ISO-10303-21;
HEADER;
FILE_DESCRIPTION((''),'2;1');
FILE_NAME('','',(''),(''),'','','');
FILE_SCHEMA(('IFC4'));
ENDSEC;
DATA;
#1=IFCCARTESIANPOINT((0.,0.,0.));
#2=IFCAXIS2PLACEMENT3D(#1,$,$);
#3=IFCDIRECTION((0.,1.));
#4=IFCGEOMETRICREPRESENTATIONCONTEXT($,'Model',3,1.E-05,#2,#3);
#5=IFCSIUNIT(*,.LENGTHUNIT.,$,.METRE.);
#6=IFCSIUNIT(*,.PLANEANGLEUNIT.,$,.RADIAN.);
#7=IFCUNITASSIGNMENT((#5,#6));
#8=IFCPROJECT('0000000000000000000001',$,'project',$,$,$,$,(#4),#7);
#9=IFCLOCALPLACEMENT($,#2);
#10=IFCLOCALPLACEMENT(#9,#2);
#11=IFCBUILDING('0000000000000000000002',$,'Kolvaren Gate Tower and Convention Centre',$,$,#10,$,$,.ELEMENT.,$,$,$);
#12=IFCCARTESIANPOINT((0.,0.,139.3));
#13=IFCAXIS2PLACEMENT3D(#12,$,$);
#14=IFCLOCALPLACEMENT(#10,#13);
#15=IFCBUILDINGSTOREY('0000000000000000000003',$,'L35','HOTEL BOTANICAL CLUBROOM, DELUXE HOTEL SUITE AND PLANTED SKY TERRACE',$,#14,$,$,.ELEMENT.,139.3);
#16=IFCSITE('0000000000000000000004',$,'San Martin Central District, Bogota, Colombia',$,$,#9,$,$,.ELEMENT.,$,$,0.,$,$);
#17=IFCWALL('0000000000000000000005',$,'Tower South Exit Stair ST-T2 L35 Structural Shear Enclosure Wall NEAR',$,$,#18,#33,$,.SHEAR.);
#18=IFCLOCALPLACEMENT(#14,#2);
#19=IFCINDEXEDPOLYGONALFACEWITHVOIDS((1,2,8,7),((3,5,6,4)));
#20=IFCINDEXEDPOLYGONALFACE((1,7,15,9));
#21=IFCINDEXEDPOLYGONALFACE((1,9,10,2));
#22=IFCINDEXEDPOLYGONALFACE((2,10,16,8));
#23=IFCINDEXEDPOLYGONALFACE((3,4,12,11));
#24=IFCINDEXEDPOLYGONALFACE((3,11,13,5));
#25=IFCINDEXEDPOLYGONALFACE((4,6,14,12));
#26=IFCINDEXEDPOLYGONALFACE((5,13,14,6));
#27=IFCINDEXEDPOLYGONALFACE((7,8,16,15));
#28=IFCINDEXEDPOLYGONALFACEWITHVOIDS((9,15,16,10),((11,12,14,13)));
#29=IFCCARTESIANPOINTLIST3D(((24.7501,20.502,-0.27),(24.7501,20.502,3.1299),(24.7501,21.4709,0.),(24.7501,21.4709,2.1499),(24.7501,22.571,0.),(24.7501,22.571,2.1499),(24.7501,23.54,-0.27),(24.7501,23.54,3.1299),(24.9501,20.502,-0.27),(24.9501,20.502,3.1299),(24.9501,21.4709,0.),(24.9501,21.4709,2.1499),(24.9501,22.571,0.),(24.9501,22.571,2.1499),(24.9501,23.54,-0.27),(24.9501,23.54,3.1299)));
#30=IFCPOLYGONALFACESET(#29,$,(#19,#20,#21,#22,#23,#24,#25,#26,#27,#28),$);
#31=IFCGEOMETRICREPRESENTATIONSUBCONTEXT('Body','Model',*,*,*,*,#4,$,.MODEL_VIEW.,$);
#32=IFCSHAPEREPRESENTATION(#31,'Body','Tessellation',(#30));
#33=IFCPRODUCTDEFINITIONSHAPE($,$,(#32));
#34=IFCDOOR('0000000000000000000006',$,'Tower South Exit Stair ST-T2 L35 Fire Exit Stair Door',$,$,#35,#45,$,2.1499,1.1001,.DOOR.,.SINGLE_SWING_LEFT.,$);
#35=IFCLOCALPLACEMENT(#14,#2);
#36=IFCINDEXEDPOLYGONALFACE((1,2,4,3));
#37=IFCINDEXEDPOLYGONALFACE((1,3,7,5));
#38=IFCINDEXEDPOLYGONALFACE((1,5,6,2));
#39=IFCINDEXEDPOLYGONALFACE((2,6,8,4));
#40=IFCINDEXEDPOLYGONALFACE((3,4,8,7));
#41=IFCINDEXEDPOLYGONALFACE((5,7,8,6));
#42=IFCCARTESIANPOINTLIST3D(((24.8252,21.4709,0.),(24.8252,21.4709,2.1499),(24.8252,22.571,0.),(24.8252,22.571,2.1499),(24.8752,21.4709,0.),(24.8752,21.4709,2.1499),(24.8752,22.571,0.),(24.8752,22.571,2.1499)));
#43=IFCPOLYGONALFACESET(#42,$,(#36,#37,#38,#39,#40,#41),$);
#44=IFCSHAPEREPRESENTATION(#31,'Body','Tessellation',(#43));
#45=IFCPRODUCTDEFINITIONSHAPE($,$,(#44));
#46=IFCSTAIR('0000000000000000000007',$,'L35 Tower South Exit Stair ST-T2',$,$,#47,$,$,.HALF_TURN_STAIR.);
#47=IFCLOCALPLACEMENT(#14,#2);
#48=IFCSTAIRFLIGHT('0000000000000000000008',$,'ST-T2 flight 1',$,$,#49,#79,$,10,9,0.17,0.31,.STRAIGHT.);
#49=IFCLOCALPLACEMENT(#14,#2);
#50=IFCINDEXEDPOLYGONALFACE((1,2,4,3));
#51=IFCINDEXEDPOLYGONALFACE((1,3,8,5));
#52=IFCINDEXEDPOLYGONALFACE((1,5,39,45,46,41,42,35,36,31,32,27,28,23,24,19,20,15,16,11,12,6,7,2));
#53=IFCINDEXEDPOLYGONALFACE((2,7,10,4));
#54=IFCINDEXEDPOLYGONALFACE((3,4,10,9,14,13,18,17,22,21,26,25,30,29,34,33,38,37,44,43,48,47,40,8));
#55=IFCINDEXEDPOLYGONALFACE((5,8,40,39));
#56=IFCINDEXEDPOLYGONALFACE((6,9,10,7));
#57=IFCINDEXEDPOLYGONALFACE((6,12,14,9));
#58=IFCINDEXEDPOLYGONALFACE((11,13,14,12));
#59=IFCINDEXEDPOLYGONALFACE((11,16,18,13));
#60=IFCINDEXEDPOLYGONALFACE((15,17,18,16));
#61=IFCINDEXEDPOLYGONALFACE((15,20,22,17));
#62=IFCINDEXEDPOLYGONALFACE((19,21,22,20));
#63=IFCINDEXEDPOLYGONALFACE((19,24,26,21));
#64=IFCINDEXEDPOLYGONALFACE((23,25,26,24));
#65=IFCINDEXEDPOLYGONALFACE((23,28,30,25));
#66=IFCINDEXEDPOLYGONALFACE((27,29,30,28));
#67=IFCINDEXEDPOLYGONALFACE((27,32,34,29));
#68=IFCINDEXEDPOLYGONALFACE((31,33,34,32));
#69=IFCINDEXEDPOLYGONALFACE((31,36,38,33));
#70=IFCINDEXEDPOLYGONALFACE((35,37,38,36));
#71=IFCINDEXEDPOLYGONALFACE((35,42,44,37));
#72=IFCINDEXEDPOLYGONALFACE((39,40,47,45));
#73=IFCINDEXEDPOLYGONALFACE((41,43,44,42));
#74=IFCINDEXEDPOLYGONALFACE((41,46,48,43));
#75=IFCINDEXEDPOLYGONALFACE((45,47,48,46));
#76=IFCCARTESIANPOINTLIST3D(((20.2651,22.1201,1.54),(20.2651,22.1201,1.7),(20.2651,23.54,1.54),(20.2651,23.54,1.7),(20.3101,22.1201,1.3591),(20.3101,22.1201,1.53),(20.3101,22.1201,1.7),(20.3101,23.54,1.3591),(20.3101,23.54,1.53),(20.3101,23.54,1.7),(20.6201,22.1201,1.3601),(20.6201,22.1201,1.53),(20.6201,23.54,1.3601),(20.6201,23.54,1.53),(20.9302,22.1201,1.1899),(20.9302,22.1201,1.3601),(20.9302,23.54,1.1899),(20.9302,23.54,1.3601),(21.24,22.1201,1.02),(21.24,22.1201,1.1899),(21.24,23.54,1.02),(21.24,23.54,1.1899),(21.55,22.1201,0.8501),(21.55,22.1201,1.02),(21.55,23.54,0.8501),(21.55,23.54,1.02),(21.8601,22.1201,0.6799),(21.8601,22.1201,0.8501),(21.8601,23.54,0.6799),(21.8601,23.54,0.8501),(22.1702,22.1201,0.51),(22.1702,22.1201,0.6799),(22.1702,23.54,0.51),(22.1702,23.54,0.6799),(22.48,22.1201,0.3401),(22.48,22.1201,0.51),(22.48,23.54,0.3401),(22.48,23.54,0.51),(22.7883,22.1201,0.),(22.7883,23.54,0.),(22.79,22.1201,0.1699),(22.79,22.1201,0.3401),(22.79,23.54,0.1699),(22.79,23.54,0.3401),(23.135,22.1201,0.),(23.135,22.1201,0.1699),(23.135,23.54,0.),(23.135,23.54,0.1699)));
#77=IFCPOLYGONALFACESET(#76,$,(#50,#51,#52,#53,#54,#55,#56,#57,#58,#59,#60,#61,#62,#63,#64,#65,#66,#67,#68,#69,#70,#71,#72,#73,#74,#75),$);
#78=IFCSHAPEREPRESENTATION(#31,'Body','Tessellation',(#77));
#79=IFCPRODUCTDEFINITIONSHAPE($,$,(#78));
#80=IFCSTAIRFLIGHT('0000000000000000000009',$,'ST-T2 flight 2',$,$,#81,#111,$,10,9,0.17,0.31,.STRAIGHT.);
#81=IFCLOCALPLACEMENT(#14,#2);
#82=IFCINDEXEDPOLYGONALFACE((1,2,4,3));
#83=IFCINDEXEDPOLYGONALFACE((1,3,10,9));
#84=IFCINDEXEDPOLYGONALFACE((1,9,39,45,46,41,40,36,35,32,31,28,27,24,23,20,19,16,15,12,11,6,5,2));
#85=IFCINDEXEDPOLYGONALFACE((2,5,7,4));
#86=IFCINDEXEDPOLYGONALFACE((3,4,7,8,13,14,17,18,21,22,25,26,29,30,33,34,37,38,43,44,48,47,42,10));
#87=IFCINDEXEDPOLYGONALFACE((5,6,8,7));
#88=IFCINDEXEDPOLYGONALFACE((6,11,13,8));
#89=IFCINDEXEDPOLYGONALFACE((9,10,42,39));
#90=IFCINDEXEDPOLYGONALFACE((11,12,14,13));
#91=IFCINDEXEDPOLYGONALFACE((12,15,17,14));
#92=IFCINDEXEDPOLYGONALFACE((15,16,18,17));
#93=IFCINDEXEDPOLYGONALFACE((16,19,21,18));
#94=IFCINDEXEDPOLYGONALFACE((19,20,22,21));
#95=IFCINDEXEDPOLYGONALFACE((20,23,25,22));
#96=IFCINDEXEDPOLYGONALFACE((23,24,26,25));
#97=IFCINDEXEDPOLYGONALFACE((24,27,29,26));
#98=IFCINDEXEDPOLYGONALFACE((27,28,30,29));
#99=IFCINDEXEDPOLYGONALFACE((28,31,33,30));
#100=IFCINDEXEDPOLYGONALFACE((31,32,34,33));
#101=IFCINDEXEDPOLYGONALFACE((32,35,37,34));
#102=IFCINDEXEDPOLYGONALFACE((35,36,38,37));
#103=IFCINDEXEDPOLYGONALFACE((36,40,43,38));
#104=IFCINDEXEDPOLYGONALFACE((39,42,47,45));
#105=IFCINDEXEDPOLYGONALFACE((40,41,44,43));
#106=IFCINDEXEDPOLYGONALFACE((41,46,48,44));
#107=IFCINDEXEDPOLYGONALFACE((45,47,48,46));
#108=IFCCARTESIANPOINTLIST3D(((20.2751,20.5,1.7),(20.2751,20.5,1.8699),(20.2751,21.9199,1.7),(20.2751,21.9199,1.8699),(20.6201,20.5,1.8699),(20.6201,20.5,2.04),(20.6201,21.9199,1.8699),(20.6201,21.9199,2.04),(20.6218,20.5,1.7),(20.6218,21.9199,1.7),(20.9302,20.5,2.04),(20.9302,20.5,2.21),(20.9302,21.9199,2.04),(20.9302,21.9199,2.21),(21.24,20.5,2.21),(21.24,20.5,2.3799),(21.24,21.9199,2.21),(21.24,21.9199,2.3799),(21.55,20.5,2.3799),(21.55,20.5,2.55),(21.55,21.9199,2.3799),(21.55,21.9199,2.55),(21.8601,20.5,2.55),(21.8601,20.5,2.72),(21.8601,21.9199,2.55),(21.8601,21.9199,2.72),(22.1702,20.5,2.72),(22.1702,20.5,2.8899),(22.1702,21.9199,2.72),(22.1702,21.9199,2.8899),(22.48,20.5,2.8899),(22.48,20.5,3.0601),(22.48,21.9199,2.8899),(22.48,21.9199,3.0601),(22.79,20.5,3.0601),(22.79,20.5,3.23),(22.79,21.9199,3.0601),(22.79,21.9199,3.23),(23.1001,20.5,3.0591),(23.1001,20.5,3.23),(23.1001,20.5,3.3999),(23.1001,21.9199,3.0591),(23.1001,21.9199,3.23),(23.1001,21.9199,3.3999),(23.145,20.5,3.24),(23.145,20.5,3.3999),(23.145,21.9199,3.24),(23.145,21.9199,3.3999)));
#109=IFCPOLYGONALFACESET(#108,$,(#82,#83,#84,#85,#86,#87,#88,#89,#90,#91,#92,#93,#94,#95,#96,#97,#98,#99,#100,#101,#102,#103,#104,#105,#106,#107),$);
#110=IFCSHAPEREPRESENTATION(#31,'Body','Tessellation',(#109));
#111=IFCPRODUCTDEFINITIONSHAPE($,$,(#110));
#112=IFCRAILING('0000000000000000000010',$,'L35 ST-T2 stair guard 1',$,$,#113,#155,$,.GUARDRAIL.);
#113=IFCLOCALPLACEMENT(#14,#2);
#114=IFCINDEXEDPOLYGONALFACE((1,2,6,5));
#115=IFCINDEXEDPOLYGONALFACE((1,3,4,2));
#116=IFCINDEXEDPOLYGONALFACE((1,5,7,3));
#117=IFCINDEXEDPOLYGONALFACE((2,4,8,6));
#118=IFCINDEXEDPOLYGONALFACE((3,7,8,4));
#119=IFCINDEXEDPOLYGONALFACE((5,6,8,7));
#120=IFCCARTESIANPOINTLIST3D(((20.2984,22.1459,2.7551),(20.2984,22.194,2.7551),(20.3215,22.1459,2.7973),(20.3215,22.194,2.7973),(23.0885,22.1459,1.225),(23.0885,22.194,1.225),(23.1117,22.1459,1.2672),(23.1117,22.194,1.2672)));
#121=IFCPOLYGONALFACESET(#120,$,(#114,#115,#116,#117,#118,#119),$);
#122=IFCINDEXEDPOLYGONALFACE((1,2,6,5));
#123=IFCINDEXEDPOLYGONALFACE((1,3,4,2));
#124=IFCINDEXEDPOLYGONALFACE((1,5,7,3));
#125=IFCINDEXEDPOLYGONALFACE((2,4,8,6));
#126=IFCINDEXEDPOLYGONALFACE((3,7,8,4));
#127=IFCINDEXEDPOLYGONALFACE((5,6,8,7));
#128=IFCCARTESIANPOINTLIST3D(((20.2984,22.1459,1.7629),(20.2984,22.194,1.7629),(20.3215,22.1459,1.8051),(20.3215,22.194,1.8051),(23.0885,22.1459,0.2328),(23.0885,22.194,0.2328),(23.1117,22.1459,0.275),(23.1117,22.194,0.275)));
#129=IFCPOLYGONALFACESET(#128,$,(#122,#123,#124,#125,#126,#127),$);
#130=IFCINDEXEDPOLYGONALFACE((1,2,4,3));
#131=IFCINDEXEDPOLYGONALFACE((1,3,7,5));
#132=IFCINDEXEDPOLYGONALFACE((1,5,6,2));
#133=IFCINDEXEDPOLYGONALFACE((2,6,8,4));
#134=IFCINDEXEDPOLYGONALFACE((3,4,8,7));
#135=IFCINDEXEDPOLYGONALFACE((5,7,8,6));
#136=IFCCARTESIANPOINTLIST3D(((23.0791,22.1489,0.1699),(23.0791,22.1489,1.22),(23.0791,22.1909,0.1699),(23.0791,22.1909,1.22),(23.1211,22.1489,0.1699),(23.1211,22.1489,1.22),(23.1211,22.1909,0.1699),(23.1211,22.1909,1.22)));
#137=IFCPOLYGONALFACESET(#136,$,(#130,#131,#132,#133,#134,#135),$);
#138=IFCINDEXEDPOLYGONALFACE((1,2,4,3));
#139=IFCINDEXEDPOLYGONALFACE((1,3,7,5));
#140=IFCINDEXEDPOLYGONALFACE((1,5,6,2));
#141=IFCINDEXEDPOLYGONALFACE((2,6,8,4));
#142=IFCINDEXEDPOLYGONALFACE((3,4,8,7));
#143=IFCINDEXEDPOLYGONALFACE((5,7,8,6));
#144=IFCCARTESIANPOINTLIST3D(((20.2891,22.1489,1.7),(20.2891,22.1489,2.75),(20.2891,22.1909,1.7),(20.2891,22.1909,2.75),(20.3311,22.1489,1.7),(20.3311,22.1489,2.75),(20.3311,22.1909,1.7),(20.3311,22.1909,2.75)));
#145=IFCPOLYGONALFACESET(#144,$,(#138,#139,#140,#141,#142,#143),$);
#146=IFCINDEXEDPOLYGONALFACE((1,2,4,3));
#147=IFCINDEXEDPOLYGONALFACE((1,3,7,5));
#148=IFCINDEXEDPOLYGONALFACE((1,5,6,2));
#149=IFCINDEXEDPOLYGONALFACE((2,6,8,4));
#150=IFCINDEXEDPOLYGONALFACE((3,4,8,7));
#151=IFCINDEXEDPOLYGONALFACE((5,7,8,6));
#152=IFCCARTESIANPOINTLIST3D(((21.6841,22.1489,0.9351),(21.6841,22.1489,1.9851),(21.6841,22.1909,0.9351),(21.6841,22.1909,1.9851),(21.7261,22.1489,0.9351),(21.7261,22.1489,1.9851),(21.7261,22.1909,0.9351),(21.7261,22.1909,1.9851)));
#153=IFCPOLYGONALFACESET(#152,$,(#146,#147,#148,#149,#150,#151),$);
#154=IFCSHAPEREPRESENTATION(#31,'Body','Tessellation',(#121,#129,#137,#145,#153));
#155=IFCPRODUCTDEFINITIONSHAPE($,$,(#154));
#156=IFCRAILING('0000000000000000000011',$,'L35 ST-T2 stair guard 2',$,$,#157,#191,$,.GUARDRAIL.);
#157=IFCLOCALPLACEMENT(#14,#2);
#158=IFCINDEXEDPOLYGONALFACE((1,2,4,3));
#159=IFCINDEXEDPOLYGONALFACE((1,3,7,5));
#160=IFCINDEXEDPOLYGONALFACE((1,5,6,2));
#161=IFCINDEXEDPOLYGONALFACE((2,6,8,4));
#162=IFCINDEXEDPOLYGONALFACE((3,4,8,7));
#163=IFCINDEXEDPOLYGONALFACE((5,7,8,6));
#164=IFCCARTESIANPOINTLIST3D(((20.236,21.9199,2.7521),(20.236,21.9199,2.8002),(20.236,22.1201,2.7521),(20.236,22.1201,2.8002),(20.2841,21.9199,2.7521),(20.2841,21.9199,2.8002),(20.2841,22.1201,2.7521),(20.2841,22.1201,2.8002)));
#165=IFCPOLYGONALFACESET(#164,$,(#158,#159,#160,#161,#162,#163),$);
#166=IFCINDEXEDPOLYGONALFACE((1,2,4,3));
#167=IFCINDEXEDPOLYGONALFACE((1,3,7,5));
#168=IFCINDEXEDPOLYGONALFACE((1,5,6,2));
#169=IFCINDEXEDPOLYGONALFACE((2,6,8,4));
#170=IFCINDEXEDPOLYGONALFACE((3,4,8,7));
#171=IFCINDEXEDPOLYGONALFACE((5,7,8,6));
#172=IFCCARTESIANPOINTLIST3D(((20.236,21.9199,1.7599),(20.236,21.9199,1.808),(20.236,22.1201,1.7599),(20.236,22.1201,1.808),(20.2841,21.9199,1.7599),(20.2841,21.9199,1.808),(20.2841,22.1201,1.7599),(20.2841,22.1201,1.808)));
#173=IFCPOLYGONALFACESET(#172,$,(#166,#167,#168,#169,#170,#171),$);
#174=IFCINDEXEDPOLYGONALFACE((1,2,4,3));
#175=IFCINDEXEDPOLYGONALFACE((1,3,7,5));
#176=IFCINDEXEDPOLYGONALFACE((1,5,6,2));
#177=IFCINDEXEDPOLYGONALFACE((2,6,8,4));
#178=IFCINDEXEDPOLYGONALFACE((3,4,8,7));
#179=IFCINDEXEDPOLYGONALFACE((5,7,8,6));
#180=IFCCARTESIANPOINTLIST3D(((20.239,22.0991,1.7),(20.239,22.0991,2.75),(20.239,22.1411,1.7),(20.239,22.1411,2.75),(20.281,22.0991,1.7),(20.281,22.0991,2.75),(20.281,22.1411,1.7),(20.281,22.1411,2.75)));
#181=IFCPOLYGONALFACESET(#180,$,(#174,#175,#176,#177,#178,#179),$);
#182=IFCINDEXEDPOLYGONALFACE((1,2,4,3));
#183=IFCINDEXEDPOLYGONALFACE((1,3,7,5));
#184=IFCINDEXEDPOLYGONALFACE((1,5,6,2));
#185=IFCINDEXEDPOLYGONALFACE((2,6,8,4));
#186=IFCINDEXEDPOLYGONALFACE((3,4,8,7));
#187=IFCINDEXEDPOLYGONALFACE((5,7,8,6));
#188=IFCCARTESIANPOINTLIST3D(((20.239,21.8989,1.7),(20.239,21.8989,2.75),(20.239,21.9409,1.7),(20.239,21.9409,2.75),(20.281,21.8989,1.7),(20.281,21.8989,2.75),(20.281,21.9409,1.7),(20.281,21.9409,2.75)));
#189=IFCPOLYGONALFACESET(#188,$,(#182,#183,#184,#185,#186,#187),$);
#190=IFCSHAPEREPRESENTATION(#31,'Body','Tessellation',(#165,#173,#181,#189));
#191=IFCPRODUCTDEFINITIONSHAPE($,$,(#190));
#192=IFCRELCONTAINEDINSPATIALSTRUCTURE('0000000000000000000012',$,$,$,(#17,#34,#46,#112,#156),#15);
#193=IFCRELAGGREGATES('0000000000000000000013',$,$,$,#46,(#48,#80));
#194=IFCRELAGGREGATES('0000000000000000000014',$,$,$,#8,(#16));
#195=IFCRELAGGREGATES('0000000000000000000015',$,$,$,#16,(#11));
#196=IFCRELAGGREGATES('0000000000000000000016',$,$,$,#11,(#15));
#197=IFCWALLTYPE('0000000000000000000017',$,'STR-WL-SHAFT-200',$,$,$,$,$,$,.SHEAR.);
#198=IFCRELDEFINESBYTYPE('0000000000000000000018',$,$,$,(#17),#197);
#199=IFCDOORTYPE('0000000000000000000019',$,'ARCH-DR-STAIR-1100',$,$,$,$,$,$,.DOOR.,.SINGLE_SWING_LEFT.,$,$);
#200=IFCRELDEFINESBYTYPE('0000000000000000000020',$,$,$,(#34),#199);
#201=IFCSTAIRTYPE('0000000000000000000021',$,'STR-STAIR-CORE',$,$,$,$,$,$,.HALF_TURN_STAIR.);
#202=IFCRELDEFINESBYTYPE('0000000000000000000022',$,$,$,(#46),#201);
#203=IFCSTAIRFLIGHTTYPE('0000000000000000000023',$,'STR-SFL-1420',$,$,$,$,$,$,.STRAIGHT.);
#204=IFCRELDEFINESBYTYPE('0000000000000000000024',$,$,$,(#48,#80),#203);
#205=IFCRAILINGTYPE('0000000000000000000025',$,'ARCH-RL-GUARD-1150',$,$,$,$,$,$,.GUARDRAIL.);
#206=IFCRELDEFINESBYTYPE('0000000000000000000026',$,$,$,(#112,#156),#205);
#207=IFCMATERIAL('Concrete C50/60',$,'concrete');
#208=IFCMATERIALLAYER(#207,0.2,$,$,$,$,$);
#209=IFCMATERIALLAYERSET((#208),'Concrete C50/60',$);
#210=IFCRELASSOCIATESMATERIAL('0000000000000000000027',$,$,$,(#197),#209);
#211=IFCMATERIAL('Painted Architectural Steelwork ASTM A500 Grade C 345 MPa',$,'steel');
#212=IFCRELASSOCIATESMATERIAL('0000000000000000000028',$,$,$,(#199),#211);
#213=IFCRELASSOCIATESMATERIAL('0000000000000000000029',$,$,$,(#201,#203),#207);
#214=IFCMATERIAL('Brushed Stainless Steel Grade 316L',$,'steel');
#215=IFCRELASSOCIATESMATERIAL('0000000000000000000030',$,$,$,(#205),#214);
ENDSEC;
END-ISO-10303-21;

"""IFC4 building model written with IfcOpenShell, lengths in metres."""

from ifc_helpers import new_model, si_unit, direction, frame, frame_2d, origin, origin_2d, place, context, subcontext, project, spatial, polyline, rectangle, outline, extrude, material, layer, layer_set, type_object, element, fill, aggregate, save


model = new_model("IFC4")

# Units and contexts
model_context = context("Model", 3, precision=1e-05, world=origin(), true_north=direction((0.0, 1.0)))
body_context = subcontext(model_context, "Body", "Model", "MODEL_VIEW")
ifc_project = project(units=[si_unit("LENGTHUNIT", "METRE"), si_unit("PLANEANGLEUNIT", "RADIAN")], contexts=[model_context])

# Site, building, storey
site_placement = place(None, origin())
site = spatial("IfcSite", under=ifc_project, at=site_placement, Name="San Martin Central District, Bogota, Colombia", CompositionType="ELEMENT", RefElevation=0.0)
building_placement = place(site_placement, origin())
building = spatial("IfcBuilding", under=site, at=building_placement, Name="Kolvaren Gate Tower and Convention Centre", CompositionType="ELEMENT")
storey_placement = place(building_placement, frame((0.0, 0.0, 139.3)))
storey = spatial("IfcBuildingStorey", under=building, at=storey_placement, Name="L35", Description="HOTEL BOTANICAL CLUBROOM, DELUXE HOTEL SUITE AND PLANTED SKY TERRACE", CompositionType="ELEMENT", Elevation=139.3)

# Shared definitions
ifc_material_1 = material(Name="Brushed Stainless Steel Grade 316L", Category="steel")

# Wall, opening, door
ifc_material_2 = material(Name="Concrete C50/60", Category="concrete")
ifc_layer_1 = layer(ifc_material_2, 0.2)
ifc_layer_set_1 = layer_set([ifc_layer_1], Name="Concrete C50/60")
wall_type_1 = type_object("IfcWallType", Name="STR-WL-SHAFT-200", PredefinedType="SHEAR", material=ifc_layer_set_1)
wall_1_placement = place(storey_placement, frame((24.8501, 20.502, -0.27), z_axis=(0.0, 0.0, 1.0), x_axis=(0.0, 1.0, 0.0)))
wall_1 = element("IfcWall", 1, at=wall_1_placement, inside=storey, type_object=wall_type_1, Name="Tower South Exit Stair ST-T2 L35 Structural Shear Enclosure Wall NEAR", PredefinedType="SHEAR", context=body_context, shape_type="SweptSolid", body=[
    extrude(rectangle(XDim=3.0381, YDim=0.2, at=frame_2d((1.519, 0.0))), origin(), (0.0, 0.0, 1.0), 3.3999),
])
opening_1_placement = place(wall_1_placement, frame((0.969, 0.0, 0.27)))
opening_1 = element("IfcOpeningElement", 2, at=opening_1_placement, cuts=wall_1, PredefinedType="OPENING", context=body_context, shape_type="SweptSolid", body=[
    extrude(rectangle(XDim=1.1001, YDim=2.1499, at=frame_2d((0.55, 1.075))), frame((0.0, 0.1099, 0.0), z_axis=(0.0, -1.0, 0.0), x_axis=(1.0, 0.0, 0.0)), (0.0, 0.0, 1.0), 0.22),
])
ifc_material_3 = material(Name="Painted Architectural Steelwork ASTM A500 Grade C 345 MPa", Category="steel")
door_type_1 = type_object("IfcDoorType", Name="ARCH-DR-STAIR-1100", OperationType="SINGLE_SWING_LEFT", PredefinedType="DOOR", material=ifc_material_3)
door_1_placement = place(opening_1_placement, origin())
door_1 = element("IfcDoor", 3, at=door_1_placement, inside=storey, type_object=door_type_1, Name="Tower South Exit Stair ST-T2 L35 Fire Exit Stair Door", OperationType="SINGLE_SWING_LEFT", OverallHeight=2.1499, OverallWidth=1.1001, PredefinedType="DOOR", context=body_context, shape_type="SweptSolid", body=[
    extrude(rectangle(XDim=1.1001, YDim=2.1499, at=frame_2d((0.55, 1.075))), frame((0.0, 0.0249, 0.0), z_axis=(0.0, -1.0, 0.0), x_axis=(1.0, 0.0, 0.0)), (0.0, 0.0, 1.0), 0.05),
])
fill(opening_1, door_1)

# Stair, stair flights
stair_type = type_object("IfcStairType", Name="STR-STAIR-CORE", PredefinedType="HALF_TURN_STAIR", material=ifc_material_2)
stair_placement = place(storey_placement, origin())
stair = element("IfcStair", 4, at=stair_placement, inside=storey, type_object=stair_type, Name="L35 Tower South Exit Stair ST-T2", PredefinedType="HALF_TURN_STAIR")
stair_flight_type = type_object("IfcStairFlightType", Name="STR-SFL-1420", PredefinedType="STRAIGHT", material=ifc_material_2)
stair_flight_1_placement = place(storey_placement, frame((23.1001, 22.8301, 0.0), z_axis=(0.0, 0.0, 1.0), x_axis=(-1.0, 0.0, 0.0)))
stair_flight_1 = element("IfcStairFlight", 5, at=stair_flight_1_placement, type_object=stair_flight_type, Name="ST-T2 flight 1", NumberOfRisers=10, NumberOfTreads=9, PredefinedType="STRAIGHT", RiserHeight=0.17, TreadLength=0.31, context=body_context, shape_type="SweptSolid", body=[
    extrude(outline(polyline([(-0.0349, 0.0), (-0.0349, 0.1699), (0.3101, 0.1699), (0.3101, 0.3401), (0.6201, 0.3401), (0.6201, 0.51), (0.9299, 0.51), (0.9299, 0.6799), (1.24, 0.6799), (1.24, 0.8501), (1.55, 0.8501), (1.55, 1.02), (1.8601, 1.02), (1.8601, 1.1899), (2.1699, 1.1899), (2.1699, 1.3601), (2.48, 1.3601), (2.48, 1.53), (2.79, 1.53), (2.79, 1.7), (2.835, 1.7), (2.835, 1.54), (2.79, 1.3591), (0.3118, 0.0), (-0.0349, 0.0)])), frame((0.0, 0.71, 0.0), z_axis=(0.0, -1.0, 0.0), x_axis=(1.0, 0.0, 0.0)), (0.0, 0.0, 1.0), 1.4199),
])
stair_flight_2_placement = place(storey_placement, frame((20.3101, 21.21, 1.7), z_axis=(0.0, 0.0, 1.0), x_axis=(1.0, 0.0, 0.0)))
stair_flight_2 = element("IfcStairFlight", 6, at=stair_flight_2_placement, type_object=stair_flight_type, Name="ST-T2 flight 2", NumberOfRisers=10, NumberOfTreads=9, PredefinedType="STRAIGHT", RiserHeight=0.17, TreadLength=0.31, context=body_context, shape_type="SweptSolid", body=[
    extrude(outline(polyline([(-0.0349, 0.0), (-0.0349, 0.1699), (0.3101, 0.1699), (0.3101, 0.3401), (0.6201, 0.3401), (0.6201, 0.51), (0.9299, 0.51), (0.9299, 0.6799), (1.24, 0.6799), (1.24, 0.8501), (1.55, 0.8501), (1.55, 1.02), (1.8601, 1.02), (1.8601, 1.1899), (2.1699, 1.1899), (2.1699, 1.3601), (2.48, 1.3601), (2.48, 1.53), (2.79, 1.53), (2.79, 1.7), (2.835, 1.7), (2.835, 1.54), (2.79, 1.3591), (0.3118, 0.0), (-0.0349, 0.0)])), frame((0.0, 0.71, 0.0), z_axis=(0.0, -1.0, 0.0), x_axis=(1.0, 0.0, 0.0)), (0.0, 0.0, 1.0), 1.4199),
])
aggregate(stair, [stair_flight_1, stair_flight_2])

# Railings
railing_type_1 = type_object("IfcRailingType", Name="ARCH-RL-GUARD-1150", PredefinedType="GUARDRAIL", material=ifc_material_1)
railing_1_placement = place(storey_placement, frame((23.1001, 22.1699, 0.1699)))
element("IfcRailing", 7, at=railing_1_placement, inside=storey, type_object=railing_type_1, Name="L35 ST-T2 stair guard 1", PredefinedType="GUARDRAIL", context=body_context, shape_type="SweptSolid", body=[
    extrude(rectangle(XDim=0.0481, YDim=0.0481, at=origin_2d()), frame((0.0, 0.0, 1.0762), z_axis=(-0.876811, 0.0, 0.480835), x_axis=(0.0, -1.0, 0.0)), (0.0, 0.0, 1.0), 3.1821),
    extrude(rectangle(XDim=0.0481, YDim=0.0481, at=origin_2d()), frame((0.0, 0.0, 0.084), z_axis=(-0.876811, 0.0, 0.480835), x_axis=(0.0, -1.0, 0.0)), (0.0, 0.0, 1.0), 3.1821),
    extrude(rectangle(XDim=0.042, YDim=0.042, at=origin_2d()), origin(), (0.0, 0.0, 1.0), 1.05),
    extrude(rectangle(XDim=0.042, YDim=0.042, at=origin_2d()), frame((-2.79, 0.0, 1.53)), (0.0, 0.0, 1.0), 1.05),
    extrude(rectangle(XDim=0.042, YDim=0.042, at=origin_2d()), frame((-1.395, 0.0, 0.7651)), (0.0, 0.0, 1.0), 1.05),
])
railing_2_placement = place(storey_placement, frame((20.26, 22.1201, 1.7)))
element("IfcRailing", 8, at=railing_2_placement, inside=storey, type_object=railing_type_1, Name="L35 ST-T2 stair guard 2", PredefinedType="GUARDRAIL", context=body_context, shape_type="SweptSolid", body=[
    extrude(rectangle(XDim=0.0481, YDim=0.0481, at=origin_2d()), frame((0.0, 0.0, 1.0762), z_axis=(0.0, -1.0, 0.0), x_axis=(1.0, 0.0, 0.0)), (0.0, 0.0, 1.0), 0.2002),
    extrude(rectangle(XDim=0.0481, YDim=0.0481, at=origin_2d()), frame((0.0, 0.0, 0.084), z_axis=(0.0, -1.0, 0.0), x_axis=(1.0, 0.0, 0.0)), (0.0, 0.0, 1.0), 0.2002),
    extrude(rectangle(XDim=0.042, YDim=0.042, at=origin_2d()), origin(), (0.0, 0.0, 1.0), 1.05),
    extrude(rectangle(XDim=0.042, YDim=0.042, at=origin_2d()), frame((0.0, -0.2002, 0.0)), (0.0, 0.0, 1.0), 1.05),
])

save(model, "model.ifc")
